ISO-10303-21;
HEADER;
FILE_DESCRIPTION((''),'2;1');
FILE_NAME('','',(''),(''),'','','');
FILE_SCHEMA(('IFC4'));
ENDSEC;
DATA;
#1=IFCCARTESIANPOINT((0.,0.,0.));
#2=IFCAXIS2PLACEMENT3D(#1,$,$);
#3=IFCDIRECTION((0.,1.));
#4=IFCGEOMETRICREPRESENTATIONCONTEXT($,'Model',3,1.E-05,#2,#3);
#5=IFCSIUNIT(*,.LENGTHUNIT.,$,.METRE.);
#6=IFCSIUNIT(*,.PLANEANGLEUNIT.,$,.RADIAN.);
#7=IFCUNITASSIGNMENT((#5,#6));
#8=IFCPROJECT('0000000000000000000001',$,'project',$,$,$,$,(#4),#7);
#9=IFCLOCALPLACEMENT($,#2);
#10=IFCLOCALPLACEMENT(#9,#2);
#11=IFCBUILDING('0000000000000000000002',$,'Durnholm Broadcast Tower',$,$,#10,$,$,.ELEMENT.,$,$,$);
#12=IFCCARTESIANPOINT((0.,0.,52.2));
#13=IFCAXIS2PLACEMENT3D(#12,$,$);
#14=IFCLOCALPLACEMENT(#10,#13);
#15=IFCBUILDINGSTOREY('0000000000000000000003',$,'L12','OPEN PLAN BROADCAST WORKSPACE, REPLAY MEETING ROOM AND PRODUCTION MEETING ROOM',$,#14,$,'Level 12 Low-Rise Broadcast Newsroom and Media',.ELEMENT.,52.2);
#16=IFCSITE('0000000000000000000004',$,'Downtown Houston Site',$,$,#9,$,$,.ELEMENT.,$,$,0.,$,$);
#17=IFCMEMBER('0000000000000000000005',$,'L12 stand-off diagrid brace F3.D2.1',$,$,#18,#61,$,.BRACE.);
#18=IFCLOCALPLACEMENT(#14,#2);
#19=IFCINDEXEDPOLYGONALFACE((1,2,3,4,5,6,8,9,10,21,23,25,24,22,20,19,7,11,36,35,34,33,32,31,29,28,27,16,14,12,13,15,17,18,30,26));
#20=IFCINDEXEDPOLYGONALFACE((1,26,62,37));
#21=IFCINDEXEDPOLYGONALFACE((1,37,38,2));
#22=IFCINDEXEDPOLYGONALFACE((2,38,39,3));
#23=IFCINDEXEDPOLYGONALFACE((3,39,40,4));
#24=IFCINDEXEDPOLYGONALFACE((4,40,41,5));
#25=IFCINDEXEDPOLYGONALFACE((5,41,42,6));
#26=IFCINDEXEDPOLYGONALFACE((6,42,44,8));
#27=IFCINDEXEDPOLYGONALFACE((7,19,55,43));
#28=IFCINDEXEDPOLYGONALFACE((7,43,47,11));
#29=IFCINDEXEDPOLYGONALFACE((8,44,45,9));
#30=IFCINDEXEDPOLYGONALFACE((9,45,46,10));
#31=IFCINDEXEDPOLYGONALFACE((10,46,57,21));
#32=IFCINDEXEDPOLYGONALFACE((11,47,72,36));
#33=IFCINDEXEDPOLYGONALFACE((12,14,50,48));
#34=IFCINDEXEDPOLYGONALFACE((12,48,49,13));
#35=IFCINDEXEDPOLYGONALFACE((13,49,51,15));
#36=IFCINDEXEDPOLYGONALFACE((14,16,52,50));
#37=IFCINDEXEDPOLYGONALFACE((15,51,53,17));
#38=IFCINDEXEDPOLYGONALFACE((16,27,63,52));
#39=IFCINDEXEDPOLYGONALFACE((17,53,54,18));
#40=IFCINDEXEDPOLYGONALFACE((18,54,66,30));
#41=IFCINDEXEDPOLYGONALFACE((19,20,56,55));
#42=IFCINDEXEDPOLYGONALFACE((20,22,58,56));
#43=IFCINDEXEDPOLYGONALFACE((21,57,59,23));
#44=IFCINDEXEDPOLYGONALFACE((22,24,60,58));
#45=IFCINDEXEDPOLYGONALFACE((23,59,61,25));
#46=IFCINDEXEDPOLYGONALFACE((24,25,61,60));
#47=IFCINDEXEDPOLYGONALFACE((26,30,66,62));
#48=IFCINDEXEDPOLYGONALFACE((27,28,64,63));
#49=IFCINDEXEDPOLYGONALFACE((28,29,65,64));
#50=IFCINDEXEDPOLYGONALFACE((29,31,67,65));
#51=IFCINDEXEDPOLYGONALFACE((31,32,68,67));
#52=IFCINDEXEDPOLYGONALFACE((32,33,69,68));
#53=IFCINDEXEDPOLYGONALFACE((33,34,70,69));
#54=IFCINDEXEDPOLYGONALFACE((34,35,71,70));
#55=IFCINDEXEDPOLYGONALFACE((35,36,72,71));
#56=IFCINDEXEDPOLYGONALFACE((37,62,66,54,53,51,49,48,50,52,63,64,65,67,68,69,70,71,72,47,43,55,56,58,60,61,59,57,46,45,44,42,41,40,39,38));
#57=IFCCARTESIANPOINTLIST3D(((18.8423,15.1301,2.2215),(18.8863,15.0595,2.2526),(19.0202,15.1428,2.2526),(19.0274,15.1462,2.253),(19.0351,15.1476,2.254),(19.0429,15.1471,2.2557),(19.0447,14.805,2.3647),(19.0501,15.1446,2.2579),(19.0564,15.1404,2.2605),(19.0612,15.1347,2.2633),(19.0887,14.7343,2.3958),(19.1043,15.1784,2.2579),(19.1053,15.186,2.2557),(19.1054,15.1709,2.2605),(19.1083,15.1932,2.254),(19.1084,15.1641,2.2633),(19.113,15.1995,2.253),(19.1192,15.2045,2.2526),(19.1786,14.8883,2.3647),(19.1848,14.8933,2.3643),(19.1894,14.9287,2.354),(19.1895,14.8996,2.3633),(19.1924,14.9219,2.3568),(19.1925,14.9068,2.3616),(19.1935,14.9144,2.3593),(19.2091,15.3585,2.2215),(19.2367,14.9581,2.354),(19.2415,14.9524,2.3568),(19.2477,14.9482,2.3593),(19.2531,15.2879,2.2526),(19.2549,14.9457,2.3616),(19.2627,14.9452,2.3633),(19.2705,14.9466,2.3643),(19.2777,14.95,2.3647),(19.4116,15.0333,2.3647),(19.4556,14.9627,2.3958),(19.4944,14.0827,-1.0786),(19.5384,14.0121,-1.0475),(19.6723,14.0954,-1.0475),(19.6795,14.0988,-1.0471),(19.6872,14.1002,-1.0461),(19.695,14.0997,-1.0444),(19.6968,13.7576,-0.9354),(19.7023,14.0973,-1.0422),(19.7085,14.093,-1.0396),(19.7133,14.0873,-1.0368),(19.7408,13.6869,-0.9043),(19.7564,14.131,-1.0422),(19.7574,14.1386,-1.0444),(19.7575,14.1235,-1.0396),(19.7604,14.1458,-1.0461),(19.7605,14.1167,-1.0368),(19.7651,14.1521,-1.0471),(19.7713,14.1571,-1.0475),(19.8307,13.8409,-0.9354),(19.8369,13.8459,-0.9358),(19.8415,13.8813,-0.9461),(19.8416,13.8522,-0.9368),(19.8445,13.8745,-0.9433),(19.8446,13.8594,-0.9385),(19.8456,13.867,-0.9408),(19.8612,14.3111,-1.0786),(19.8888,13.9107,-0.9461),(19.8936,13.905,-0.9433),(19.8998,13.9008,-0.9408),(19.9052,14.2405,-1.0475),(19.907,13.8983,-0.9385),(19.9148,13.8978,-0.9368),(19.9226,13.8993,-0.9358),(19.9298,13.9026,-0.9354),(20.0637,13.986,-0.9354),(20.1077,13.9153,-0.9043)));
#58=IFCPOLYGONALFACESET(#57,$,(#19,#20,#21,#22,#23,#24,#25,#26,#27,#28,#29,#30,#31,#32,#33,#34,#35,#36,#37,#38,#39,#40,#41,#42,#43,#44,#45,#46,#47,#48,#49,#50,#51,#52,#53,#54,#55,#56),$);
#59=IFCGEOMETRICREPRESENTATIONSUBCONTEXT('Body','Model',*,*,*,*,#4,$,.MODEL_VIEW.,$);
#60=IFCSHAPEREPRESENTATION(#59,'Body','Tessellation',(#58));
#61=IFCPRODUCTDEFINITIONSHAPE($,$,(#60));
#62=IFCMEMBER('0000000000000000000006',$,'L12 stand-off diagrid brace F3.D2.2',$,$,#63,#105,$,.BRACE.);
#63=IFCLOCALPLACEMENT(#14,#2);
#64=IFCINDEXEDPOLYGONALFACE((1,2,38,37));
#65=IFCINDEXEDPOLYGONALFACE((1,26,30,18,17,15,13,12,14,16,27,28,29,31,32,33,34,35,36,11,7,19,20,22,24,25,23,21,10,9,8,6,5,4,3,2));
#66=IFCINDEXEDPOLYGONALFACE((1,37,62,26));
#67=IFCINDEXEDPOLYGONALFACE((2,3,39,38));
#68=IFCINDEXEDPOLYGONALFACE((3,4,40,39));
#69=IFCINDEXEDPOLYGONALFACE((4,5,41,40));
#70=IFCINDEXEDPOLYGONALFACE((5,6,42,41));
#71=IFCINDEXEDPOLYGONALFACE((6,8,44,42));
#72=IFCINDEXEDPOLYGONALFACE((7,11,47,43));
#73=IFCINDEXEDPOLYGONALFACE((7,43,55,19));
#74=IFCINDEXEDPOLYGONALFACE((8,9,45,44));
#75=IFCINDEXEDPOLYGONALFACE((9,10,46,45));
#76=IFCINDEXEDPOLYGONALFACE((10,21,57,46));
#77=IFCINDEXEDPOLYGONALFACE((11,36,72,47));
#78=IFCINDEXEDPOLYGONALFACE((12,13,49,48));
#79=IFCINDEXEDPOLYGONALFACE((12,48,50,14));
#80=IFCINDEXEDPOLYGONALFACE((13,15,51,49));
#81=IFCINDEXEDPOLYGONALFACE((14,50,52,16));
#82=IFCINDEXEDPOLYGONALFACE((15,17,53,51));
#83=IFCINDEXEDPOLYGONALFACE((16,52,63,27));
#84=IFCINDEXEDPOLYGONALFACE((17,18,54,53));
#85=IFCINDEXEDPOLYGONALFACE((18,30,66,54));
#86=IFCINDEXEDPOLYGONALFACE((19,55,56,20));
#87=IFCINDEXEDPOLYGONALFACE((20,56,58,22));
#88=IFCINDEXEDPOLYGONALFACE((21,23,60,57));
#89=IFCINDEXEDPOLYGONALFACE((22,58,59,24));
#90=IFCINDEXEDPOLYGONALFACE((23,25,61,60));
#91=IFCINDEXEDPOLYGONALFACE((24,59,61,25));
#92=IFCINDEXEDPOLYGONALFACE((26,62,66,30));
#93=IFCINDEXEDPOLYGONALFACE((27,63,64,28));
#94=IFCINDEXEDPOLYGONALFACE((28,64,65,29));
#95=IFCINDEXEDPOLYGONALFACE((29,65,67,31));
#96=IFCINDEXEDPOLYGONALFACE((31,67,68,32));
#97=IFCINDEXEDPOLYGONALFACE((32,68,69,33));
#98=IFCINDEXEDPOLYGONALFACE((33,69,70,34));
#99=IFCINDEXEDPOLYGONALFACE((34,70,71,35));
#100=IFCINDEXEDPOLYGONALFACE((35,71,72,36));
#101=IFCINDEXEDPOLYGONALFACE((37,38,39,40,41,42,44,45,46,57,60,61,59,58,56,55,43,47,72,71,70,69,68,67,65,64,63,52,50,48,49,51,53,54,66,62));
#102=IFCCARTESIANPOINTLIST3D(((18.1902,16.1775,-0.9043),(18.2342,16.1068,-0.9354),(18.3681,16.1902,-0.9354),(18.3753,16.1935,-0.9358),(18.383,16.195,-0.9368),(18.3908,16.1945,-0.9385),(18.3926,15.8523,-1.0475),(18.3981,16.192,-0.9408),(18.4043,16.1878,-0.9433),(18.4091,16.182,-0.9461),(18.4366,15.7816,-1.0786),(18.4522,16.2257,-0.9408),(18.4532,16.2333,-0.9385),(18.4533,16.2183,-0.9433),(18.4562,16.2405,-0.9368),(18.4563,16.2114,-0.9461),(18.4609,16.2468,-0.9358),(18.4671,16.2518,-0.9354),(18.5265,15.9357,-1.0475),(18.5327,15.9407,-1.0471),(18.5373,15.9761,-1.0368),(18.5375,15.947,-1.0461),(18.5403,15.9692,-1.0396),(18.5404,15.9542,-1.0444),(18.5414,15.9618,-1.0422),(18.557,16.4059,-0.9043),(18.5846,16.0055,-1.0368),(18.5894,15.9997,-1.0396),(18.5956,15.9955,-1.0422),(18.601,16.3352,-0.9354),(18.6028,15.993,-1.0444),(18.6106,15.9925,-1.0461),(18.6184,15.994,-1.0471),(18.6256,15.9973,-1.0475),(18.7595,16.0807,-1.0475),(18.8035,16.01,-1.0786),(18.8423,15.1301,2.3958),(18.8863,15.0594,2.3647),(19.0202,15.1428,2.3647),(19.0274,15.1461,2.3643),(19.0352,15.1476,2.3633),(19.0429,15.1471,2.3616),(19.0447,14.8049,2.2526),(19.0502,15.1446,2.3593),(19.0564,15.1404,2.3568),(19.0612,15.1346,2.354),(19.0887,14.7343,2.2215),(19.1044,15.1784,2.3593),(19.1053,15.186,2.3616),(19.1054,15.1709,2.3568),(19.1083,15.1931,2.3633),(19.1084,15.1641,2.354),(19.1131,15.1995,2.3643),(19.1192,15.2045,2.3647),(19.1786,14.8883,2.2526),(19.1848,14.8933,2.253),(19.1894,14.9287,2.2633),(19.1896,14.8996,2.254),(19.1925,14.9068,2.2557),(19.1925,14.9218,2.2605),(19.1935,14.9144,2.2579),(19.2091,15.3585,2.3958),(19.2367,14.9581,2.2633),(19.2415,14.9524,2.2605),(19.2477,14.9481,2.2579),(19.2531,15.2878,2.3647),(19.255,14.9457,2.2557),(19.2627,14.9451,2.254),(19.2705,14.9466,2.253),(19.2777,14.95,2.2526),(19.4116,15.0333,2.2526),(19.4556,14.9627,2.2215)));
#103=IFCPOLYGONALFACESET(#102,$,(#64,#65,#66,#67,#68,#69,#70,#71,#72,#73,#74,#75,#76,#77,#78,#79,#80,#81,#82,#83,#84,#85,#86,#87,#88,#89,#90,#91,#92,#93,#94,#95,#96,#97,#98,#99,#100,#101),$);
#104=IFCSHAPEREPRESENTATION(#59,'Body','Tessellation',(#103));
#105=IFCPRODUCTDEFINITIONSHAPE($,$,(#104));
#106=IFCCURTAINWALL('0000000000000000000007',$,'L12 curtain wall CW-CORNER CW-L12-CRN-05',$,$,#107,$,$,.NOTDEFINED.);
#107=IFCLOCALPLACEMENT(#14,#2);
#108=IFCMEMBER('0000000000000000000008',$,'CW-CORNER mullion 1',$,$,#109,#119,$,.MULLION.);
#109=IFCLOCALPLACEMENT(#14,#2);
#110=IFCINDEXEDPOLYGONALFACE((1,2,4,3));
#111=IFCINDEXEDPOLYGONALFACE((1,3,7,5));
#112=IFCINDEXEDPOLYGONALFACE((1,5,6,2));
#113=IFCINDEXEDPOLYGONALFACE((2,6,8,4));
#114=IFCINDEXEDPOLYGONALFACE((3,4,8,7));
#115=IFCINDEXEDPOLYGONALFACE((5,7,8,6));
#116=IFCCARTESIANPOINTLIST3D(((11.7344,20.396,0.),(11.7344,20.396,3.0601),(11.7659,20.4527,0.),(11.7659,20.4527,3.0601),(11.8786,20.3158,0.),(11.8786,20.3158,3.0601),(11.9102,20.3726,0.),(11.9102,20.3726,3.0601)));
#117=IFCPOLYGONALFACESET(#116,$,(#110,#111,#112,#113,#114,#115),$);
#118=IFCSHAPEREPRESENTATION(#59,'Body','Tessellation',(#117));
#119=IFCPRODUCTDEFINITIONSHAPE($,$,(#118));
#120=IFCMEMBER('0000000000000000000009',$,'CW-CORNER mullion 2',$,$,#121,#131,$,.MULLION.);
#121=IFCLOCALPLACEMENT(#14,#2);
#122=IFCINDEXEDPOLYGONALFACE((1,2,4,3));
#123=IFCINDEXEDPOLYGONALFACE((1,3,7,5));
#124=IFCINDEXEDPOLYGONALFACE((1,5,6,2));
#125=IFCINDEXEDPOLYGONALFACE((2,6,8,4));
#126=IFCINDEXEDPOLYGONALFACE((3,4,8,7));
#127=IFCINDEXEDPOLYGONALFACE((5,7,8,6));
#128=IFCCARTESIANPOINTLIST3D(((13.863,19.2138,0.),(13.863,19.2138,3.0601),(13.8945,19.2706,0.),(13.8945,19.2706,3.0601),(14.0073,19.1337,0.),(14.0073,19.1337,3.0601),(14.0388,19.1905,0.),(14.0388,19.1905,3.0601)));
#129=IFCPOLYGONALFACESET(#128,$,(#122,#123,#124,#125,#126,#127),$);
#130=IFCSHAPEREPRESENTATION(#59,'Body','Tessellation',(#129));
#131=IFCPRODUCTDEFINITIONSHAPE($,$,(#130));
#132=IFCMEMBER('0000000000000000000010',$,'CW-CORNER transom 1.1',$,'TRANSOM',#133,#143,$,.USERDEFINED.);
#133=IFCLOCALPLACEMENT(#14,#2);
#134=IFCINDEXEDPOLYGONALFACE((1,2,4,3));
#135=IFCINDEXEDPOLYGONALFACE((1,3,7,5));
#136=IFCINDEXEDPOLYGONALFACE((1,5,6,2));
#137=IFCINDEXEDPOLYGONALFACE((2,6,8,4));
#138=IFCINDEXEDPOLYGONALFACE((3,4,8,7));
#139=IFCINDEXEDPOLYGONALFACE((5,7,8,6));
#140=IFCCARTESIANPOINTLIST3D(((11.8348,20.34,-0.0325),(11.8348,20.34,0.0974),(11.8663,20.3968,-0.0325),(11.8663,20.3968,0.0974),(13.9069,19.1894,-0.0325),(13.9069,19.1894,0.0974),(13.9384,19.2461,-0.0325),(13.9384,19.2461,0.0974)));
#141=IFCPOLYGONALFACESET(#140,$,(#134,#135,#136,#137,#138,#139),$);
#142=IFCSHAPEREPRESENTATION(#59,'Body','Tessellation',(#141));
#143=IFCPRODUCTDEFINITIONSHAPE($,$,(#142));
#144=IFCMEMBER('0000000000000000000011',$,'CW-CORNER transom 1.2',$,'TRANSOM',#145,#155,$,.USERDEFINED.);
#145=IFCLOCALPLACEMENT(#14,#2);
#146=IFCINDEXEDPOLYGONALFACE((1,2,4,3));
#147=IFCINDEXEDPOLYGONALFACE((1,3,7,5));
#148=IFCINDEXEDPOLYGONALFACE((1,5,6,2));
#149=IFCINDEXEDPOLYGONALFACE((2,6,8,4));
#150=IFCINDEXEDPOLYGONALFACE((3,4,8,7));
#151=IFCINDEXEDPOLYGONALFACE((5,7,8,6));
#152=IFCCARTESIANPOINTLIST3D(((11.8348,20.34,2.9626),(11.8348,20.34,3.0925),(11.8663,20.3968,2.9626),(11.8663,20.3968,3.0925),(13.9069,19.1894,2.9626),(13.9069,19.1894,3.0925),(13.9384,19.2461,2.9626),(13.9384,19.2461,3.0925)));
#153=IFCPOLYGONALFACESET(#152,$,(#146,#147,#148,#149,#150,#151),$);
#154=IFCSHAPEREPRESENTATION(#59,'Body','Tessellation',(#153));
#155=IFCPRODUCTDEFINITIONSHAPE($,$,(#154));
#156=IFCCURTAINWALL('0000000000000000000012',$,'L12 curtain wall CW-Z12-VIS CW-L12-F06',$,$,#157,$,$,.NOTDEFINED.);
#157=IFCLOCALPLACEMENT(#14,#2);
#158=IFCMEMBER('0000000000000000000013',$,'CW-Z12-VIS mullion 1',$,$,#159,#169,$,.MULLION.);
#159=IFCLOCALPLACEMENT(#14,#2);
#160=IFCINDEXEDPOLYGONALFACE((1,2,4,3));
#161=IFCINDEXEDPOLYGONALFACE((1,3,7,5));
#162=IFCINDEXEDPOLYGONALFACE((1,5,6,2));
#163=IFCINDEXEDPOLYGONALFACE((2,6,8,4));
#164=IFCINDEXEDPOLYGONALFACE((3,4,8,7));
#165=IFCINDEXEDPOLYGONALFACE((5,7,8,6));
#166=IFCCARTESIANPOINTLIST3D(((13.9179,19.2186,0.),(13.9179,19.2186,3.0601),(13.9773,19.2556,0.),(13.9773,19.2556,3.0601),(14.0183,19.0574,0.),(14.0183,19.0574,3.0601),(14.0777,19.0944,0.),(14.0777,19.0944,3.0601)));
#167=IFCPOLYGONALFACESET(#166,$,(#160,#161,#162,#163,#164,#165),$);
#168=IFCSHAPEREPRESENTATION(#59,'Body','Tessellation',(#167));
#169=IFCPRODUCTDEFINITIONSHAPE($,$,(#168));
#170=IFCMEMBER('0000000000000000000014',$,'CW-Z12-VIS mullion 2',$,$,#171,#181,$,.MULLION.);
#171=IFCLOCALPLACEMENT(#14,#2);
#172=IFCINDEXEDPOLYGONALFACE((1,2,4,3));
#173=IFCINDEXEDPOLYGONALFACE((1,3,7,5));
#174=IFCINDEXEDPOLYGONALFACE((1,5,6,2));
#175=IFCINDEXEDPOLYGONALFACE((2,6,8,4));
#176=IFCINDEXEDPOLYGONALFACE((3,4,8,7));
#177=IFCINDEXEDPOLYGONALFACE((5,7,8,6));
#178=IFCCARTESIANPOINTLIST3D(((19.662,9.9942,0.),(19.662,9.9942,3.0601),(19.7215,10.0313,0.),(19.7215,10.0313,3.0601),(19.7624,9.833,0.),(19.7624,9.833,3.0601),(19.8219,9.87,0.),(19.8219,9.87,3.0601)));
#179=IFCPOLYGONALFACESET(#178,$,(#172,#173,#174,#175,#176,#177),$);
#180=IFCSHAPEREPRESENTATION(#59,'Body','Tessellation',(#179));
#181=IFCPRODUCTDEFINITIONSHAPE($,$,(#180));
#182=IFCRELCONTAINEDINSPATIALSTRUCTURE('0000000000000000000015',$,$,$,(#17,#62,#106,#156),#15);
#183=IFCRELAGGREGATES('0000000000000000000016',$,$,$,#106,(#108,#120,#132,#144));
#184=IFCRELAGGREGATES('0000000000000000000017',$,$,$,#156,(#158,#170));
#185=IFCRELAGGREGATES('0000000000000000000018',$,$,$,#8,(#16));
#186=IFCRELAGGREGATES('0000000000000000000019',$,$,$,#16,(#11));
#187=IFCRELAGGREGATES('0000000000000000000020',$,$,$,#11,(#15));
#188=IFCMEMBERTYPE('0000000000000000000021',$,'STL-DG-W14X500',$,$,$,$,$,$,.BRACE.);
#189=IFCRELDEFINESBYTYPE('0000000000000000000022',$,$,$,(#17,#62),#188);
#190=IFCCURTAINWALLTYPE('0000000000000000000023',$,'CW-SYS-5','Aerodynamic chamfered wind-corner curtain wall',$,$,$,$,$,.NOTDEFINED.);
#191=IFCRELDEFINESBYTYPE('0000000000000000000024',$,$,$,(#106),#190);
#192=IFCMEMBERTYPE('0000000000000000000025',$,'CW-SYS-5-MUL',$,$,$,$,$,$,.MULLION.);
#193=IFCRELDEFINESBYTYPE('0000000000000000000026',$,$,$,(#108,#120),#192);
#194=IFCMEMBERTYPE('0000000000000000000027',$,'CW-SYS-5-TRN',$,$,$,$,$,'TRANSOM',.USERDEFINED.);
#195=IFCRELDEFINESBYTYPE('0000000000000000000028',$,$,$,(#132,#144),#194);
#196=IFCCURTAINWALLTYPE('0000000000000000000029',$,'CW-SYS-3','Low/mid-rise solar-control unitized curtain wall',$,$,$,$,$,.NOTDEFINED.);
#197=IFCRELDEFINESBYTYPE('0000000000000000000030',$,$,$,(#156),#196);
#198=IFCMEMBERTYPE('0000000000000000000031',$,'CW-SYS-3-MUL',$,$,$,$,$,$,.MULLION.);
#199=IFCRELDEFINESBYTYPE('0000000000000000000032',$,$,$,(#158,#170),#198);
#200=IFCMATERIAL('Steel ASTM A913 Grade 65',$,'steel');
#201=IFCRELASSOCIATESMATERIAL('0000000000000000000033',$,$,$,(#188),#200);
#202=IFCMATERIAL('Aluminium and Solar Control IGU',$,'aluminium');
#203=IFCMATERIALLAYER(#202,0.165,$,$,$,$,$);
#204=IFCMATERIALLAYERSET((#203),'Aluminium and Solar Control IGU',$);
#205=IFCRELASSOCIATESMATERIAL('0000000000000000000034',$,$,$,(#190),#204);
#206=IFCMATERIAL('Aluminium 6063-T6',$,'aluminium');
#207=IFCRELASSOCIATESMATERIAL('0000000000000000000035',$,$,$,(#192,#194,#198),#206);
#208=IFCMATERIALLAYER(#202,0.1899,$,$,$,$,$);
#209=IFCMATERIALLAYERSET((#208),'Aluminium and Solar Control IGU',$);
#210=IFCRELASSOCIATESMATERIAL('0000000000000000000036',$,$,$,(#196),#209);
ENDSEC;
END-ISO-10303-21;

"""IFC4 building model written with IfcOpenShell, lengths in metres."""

from ifc_helpers import new_model, si_unit, direction, frame, origin, origin_2d, place, context, subcontext, project, spatial, rectangle, i_section, extrude, source, transform, mapped, material, layer, layer_set, material_profile, profile_set, type_object, type_shapes, element, aggregate, save


model = new_model("IFC4")

# Units and contexts
model_context = context("Model", 3, precision=1e-05, world=origin(), true_north=direction((0.0, 1.0)))
body_context = subcontext(model_context, "Body", "Model", "MODEL_VIEW")
ifc_project = project(units=[si_unit("LENGTHUNIT", "METRE"), si_unit("PLANEANGLEUNIT", "RADIAN")], contexts=[model_context])

# Site, building, storey
site_placement = place(None, origin())
site = spatial("IfcSite", under=ifc_project, at=site_placement, Name="Downtown Houston Site", CompositionType="ELEMENT", RefElevation=0.0)
building_placement = place(site_placement, origin())
building = spatial("IfcBuilding", under=site, at=building_placement, Name="Durnholm Broadcast Tower", CompositionType="ELEMENT")
storey_placement = place(building_placement, frame((0.0, 0.0, 52.2)))
storey = spatial("IfcBuildingStorey", under=building, at=storey_placement, Name="L12", Description="OPEN PLAN BROADCAST WORKSPACE, REPLAY MEETING ROOM AND PRODUCTION MEETING ROOM", LongName="Level 12 Low-Rise Broadcast Newsroom and Media", CompositionType="ELEMENT", Elevation=52.2)

# Members
ifc_material_1 = material(Name="Steel ASTM A913 Grade 65", Category="steel")
ifc_material_profile_1 = material_profile(ifc_material_1, i_section(OverallWidth=0.4321, OverallDepth=0.4978, WebThickness=0.0557, FlangeThickness=0.0889, FilletRadius=0.0305, at=origin_2d()), Name="W14X500")
ifc_profile_set_1 = profile_set([ifc_material_profile_1], Name="Steel ASTM A913 Grade 65")
member_type_1 = type_object("IfcMemberType", Name="STL-DG-W14X500", PredefinedType="BRACE", material=ifc_profile_set_1)
shared_shape_1 = source(origin(), body_context, "Body", "SweptSolid", [
    extrude(i_section(OverallWidth=0.4321, OverallDepth=0.4978, WebThickness=0.0557, FlangeThickness=0.0889, FilletRadius=0.0305, at=origin_2d()), origin(), (0.0, 0.0, 1.0), 3.5232),
])
type_shapes(member_type_1, [shared_shape_1])
for number, where, z_axis, x_axis, name in (
    (1, (19.801, 13.999, -0.9915), (-0.18509, 0.297281, 0.936678), (-0.848909, -0.52854, 0.0), "L12 stand-off diagrid brace F3.D2.1"),
    (2, (18.4968, 16.0938, -0.9915), (0.18509, -0.297281, 0.936678), (0.848909, 0.52854, 0.0), "L12 stand-off diagrid brace F3.D2.2"),
):
    element("IfcMember", number, at=place(storey_placement, frame(where, z_axis=z_axis, x_axis=x_axis)), inside=storey, type_object=member_type_1, Name=name, PredefinedType="BRACE", context=body_context, shape_type="MappedRepresentation", body=[
        mapped(shared_shape_1, transform((0.0, 0.0, 0.0), x_axis=(1.0, 0.0, 0.0), y_axis=(0.0, 1.0, 0.0), z_axis=(0.0, 0.0, 1.0), scale=1.0)),
    ])

# Curtain walls, members
ifc_material_2 = material(Name="Aluminium and Solar Control IGU", Category="aluminium")
ifc_layer_1 = layer(ifc_material_2, 0.165)
ifc_layer_set_1 = layer_set([ifc_layer_1], Name="Aluminium and Solar Control IGU")
curtain_wall_type_1 = type_object("IfcCurtainWallType", Name="CW-SYS-5", Description="Aerodynamic chamfered wind-corner curtain wall", PredefinedType="NOTDEFINED", material=ifc_layer_set_1)
curtain_wall_1_placement = place(storey_placement, origin())
curtain_wall_1 = element("IfcCurtainWall", 3, at=curtain_wall_1_placement, inside=storey, type_object=curtain_wall_type_1, Name="L12 curtain wall CW-CORNER CW-L12-CRN-05", PredefinedType="NOTDEFINED")
ifc_material_3 = material(Name="Aluminium 6063-T6", Category="aluminium")
ifc_material_profile_2 = material_profile(ifc_material_3, rectangle(XDim=0.0649, YDim=0.165, at=origin_2d()), Name="CWM65X165")
ifc_profile_set_2 = profile_set([ifc_material_profile_2], Name="Aluminium 6063-T6")
member_type_2 = type_object("IfcMemberType", Name="CW-SYS-5-MUL", PredefinedType="MULLION", material=ifc_profile_set_2)
shared_shape_2 = source(origin(), body_context, "Body", "SweptSolid", [
    extrude(rectangle(XDim=0.0649, YDim=0.165, at=origin_2d()), origin(), (0.0, 0.0, 1.0), 3.0601),
])
type_shapes(member_type_2, [shared_shape_2])
member_1_placement = place(storey_placement, frame((11.8223, 20.3843, 0.0), z_axis=(0.0, 0.0, 1.0), x_axis=(0.485483, 0.874246, 0.0)))
member_1 = element("IfcMember", 4, at=member_1_placement, type_object=member_type_2, Name="CW-CORNER mullion 1", PredefinedType="MULLION", context=body_context, shape_type="MappedRepresentation", body=[
    mapped(shared_shape_2, transform((0.0, 0.0, 0.0), x_axis=(1.0, 0.0, 0.0), y_axis=(0.0, 1.0, 0.0), z_axis=(0.0, 0.0, 1.0), scale=1.0)),
])
member_2_placement = place(storey_placement, frame((13.9509, 19.2021, 0.0), z_axis=(0.0, 0.0, 1.0), x_axis=(0.485483, 0.874246, 0.0)))
member_2 = element("IfcMember", 5, at=member_2_placement, type_object=member_type_2, Name="CW-CORNER mullion 2", PredefinedType="MULLION", context=body_context, shape_type="MappedRepresentation", body=[
    mapped(shared_shape_2, transform((0.0, 0.0, 0.0), x_axis=(1.0, 0.0, 0.0), y_axis=(0.0, 1.0, 0.0), z_axis=(0.0, 0.0, 1.0), scale=1.0)),
])
ifc_material_profile_3 = material_profile(ifc_material_3, rectangle(XDim=0.0649, YDim=0.1299, at=origin_2d()), Name="CWT65X130")
ifc_profile_set_3 = profile_set([ifc_material_profile_3], Name="Aluminium 6063-T6")
member_type_3 = type_object("IfcMemberType", Name="CW-SYS-5-TRN", ElementType="TRANSOM", PredefinedType="USERDEFINED", material=ifc_profile_set_3)
shared_shape_3 = source(origin(), body_context, "Body", "SweptSolid", [
    extrude(rectangle(XDim=0.0649, YDim=0.1299, at=origin_2d()), origin(), (0.0, 0.0, 1.0), 2.3701),
])
type_shapes(member_type_3, [shared_shape_3])
member_3_placement = place(storey_placement, frame((11.8506, 20.3684, 0.0325), z_axis=(0.874245, -0.485485, 0.0), x_axis=(0.485485, 0.874245, 0.0)))
member_3 = element("IfcMember", 6, at=member_3_placement, type_object=member_type_3, Name="CW-CORNER transom 1.1", ObjectType="TRANSOM", PredefinedType="USERDEFINED", context=body_context, shape_type="MappedRepresentation", body=[
    mapped(shared_shape_3, transform((0.0, 0.0, 0.0), x_axis=(1.0, 0.0, 0.0), y_axis=(0.0, 1.0, 0.0), z_axis=(0.0, 0.0, 1.0), scale=1.0)),
])
member_4_placement = place(storey_placement, frame((11.8506, 20.3684, 3.0276), z_axis=(0.874245, -0.485485, 0.0), x_axis=(0.485485, 0.874245, 0.0)))
member_4 = element("IfcMember", 7, at=member_4_placement, type_object=member_type_3, Name="CW-CORNER transom 1.2", ObjectType="TRANSOM", PredefinedType="USERDEFINED", context=body_context, shape_type="MappedRepresentation", body=[
    mapped(shared_shape_3, transform((0.0, 0.0, 0.0), x_axis=(1.0, 0.0, 0.0), y_axis=(0.0, 1.0, 0.0), z_axis=(0.0, 0.0, 1.0), scale=1.0)),
])
ifc_layer_2 = layer(ifc_material_2, 0.1899)
ifc_layer_set_2 = layer_set([ifc_layer_2], Name="Aluminium and Solar Control IGU")
curtain_wall_type_2 = type_object("IfcCurtainWallType", Name="CW-SYS-3", Description="Low/mid-rise solar-control unitized curtain wall", PredefinedType="NOTDEFINED", material=ifc_layer_set_2)
curtain_wall_2_placement = place(storey_placement, origin())
curtain_wall_2 = element("IfcCurtainWall", 8, at=curtain_wall_2_placement, inside=storey, type_object=curtain_wall_type_2, Name="L12 curtain wall CW-Z12-VIS CW-L12-F06", PredefinedType="NOTDEFINED")
ifc_material_profile_4 = material_profile(ifc_material_3, rectangle(XDim=0.0701, YDim=0.1899, at=origin_2d()), Name="CWM70X190")
ifc_profile_set_4 = profile_set([ifc_material_profile_4], Name="Aluminium 6063-T6")
member_type_4 = type_object("IfcMemberType", Name="CW-SYS-3-MUL", PredefinedType="MULLION", material=ifc_profile_set_4)
shared_shape_4 = source(origin(), body_context, "Body", "SweptSolid", [
    extrude(rectangle(XDim=0.0701, YDim=0.1899, at=origin_2d()), origin(), (0.0, 0.0, 1.0), 3.0601),
])
type_shapes(member_type_4, [shared_shape_4])
member_5_placement = place(storey_placement, frame((13.9978, 19.1565, 0.0), z_axis=(0.0, 0.0, 1.0), x_axis=(0.848876, 0.528592, 0.0)))
member_5 = element("IfcMember", 9, at=member_5_placement, type_object=member_type_4, Name="CW-Z12-VIS mullion 1", PredefinedType="MULLION", context=body_context, shape_type="MappedRepresentation", body=[
    mapped(shared_shape_4, transform((0.0, 0.0, 0.0), x_axis=(1.0, 0.0, 0.0), y_axis=(0.0, 1.0, 0.0), z_axis=(0.0, 0.0, 1.0), scale=1.0)),
])
member_6_placement = place(storey_placement, frame((19.7419, 9.9321, 0.0), z_axis=(0.0, 0.0, 1.0), x_axis=(0.848876, 0.528592, 0.0)))
member_6 = element("IfcMember", 10, at=member_6_placement, type_object=member_type_4, Name="CW-Z12-VIS mullion 2", PredefinedType="MULLION", context=body_context, shape_type="MappedRepresentation", body=[
    mapped(shared_shape_4, transform((0.0, 0.0, 0.0), x_axis=(1.0, 0.0, 0.0), y_axis=(0.0, 1.0, 0.0), z_axis=(0.0, 0.0, 1.0), scale=1.0)),
])

aggregate(curtain_wall_1, [member_1, member_2, member_3, member_4])
aggregate(curtain_wall_2, [member_5, member_6])

save(model, "model.ifc")
